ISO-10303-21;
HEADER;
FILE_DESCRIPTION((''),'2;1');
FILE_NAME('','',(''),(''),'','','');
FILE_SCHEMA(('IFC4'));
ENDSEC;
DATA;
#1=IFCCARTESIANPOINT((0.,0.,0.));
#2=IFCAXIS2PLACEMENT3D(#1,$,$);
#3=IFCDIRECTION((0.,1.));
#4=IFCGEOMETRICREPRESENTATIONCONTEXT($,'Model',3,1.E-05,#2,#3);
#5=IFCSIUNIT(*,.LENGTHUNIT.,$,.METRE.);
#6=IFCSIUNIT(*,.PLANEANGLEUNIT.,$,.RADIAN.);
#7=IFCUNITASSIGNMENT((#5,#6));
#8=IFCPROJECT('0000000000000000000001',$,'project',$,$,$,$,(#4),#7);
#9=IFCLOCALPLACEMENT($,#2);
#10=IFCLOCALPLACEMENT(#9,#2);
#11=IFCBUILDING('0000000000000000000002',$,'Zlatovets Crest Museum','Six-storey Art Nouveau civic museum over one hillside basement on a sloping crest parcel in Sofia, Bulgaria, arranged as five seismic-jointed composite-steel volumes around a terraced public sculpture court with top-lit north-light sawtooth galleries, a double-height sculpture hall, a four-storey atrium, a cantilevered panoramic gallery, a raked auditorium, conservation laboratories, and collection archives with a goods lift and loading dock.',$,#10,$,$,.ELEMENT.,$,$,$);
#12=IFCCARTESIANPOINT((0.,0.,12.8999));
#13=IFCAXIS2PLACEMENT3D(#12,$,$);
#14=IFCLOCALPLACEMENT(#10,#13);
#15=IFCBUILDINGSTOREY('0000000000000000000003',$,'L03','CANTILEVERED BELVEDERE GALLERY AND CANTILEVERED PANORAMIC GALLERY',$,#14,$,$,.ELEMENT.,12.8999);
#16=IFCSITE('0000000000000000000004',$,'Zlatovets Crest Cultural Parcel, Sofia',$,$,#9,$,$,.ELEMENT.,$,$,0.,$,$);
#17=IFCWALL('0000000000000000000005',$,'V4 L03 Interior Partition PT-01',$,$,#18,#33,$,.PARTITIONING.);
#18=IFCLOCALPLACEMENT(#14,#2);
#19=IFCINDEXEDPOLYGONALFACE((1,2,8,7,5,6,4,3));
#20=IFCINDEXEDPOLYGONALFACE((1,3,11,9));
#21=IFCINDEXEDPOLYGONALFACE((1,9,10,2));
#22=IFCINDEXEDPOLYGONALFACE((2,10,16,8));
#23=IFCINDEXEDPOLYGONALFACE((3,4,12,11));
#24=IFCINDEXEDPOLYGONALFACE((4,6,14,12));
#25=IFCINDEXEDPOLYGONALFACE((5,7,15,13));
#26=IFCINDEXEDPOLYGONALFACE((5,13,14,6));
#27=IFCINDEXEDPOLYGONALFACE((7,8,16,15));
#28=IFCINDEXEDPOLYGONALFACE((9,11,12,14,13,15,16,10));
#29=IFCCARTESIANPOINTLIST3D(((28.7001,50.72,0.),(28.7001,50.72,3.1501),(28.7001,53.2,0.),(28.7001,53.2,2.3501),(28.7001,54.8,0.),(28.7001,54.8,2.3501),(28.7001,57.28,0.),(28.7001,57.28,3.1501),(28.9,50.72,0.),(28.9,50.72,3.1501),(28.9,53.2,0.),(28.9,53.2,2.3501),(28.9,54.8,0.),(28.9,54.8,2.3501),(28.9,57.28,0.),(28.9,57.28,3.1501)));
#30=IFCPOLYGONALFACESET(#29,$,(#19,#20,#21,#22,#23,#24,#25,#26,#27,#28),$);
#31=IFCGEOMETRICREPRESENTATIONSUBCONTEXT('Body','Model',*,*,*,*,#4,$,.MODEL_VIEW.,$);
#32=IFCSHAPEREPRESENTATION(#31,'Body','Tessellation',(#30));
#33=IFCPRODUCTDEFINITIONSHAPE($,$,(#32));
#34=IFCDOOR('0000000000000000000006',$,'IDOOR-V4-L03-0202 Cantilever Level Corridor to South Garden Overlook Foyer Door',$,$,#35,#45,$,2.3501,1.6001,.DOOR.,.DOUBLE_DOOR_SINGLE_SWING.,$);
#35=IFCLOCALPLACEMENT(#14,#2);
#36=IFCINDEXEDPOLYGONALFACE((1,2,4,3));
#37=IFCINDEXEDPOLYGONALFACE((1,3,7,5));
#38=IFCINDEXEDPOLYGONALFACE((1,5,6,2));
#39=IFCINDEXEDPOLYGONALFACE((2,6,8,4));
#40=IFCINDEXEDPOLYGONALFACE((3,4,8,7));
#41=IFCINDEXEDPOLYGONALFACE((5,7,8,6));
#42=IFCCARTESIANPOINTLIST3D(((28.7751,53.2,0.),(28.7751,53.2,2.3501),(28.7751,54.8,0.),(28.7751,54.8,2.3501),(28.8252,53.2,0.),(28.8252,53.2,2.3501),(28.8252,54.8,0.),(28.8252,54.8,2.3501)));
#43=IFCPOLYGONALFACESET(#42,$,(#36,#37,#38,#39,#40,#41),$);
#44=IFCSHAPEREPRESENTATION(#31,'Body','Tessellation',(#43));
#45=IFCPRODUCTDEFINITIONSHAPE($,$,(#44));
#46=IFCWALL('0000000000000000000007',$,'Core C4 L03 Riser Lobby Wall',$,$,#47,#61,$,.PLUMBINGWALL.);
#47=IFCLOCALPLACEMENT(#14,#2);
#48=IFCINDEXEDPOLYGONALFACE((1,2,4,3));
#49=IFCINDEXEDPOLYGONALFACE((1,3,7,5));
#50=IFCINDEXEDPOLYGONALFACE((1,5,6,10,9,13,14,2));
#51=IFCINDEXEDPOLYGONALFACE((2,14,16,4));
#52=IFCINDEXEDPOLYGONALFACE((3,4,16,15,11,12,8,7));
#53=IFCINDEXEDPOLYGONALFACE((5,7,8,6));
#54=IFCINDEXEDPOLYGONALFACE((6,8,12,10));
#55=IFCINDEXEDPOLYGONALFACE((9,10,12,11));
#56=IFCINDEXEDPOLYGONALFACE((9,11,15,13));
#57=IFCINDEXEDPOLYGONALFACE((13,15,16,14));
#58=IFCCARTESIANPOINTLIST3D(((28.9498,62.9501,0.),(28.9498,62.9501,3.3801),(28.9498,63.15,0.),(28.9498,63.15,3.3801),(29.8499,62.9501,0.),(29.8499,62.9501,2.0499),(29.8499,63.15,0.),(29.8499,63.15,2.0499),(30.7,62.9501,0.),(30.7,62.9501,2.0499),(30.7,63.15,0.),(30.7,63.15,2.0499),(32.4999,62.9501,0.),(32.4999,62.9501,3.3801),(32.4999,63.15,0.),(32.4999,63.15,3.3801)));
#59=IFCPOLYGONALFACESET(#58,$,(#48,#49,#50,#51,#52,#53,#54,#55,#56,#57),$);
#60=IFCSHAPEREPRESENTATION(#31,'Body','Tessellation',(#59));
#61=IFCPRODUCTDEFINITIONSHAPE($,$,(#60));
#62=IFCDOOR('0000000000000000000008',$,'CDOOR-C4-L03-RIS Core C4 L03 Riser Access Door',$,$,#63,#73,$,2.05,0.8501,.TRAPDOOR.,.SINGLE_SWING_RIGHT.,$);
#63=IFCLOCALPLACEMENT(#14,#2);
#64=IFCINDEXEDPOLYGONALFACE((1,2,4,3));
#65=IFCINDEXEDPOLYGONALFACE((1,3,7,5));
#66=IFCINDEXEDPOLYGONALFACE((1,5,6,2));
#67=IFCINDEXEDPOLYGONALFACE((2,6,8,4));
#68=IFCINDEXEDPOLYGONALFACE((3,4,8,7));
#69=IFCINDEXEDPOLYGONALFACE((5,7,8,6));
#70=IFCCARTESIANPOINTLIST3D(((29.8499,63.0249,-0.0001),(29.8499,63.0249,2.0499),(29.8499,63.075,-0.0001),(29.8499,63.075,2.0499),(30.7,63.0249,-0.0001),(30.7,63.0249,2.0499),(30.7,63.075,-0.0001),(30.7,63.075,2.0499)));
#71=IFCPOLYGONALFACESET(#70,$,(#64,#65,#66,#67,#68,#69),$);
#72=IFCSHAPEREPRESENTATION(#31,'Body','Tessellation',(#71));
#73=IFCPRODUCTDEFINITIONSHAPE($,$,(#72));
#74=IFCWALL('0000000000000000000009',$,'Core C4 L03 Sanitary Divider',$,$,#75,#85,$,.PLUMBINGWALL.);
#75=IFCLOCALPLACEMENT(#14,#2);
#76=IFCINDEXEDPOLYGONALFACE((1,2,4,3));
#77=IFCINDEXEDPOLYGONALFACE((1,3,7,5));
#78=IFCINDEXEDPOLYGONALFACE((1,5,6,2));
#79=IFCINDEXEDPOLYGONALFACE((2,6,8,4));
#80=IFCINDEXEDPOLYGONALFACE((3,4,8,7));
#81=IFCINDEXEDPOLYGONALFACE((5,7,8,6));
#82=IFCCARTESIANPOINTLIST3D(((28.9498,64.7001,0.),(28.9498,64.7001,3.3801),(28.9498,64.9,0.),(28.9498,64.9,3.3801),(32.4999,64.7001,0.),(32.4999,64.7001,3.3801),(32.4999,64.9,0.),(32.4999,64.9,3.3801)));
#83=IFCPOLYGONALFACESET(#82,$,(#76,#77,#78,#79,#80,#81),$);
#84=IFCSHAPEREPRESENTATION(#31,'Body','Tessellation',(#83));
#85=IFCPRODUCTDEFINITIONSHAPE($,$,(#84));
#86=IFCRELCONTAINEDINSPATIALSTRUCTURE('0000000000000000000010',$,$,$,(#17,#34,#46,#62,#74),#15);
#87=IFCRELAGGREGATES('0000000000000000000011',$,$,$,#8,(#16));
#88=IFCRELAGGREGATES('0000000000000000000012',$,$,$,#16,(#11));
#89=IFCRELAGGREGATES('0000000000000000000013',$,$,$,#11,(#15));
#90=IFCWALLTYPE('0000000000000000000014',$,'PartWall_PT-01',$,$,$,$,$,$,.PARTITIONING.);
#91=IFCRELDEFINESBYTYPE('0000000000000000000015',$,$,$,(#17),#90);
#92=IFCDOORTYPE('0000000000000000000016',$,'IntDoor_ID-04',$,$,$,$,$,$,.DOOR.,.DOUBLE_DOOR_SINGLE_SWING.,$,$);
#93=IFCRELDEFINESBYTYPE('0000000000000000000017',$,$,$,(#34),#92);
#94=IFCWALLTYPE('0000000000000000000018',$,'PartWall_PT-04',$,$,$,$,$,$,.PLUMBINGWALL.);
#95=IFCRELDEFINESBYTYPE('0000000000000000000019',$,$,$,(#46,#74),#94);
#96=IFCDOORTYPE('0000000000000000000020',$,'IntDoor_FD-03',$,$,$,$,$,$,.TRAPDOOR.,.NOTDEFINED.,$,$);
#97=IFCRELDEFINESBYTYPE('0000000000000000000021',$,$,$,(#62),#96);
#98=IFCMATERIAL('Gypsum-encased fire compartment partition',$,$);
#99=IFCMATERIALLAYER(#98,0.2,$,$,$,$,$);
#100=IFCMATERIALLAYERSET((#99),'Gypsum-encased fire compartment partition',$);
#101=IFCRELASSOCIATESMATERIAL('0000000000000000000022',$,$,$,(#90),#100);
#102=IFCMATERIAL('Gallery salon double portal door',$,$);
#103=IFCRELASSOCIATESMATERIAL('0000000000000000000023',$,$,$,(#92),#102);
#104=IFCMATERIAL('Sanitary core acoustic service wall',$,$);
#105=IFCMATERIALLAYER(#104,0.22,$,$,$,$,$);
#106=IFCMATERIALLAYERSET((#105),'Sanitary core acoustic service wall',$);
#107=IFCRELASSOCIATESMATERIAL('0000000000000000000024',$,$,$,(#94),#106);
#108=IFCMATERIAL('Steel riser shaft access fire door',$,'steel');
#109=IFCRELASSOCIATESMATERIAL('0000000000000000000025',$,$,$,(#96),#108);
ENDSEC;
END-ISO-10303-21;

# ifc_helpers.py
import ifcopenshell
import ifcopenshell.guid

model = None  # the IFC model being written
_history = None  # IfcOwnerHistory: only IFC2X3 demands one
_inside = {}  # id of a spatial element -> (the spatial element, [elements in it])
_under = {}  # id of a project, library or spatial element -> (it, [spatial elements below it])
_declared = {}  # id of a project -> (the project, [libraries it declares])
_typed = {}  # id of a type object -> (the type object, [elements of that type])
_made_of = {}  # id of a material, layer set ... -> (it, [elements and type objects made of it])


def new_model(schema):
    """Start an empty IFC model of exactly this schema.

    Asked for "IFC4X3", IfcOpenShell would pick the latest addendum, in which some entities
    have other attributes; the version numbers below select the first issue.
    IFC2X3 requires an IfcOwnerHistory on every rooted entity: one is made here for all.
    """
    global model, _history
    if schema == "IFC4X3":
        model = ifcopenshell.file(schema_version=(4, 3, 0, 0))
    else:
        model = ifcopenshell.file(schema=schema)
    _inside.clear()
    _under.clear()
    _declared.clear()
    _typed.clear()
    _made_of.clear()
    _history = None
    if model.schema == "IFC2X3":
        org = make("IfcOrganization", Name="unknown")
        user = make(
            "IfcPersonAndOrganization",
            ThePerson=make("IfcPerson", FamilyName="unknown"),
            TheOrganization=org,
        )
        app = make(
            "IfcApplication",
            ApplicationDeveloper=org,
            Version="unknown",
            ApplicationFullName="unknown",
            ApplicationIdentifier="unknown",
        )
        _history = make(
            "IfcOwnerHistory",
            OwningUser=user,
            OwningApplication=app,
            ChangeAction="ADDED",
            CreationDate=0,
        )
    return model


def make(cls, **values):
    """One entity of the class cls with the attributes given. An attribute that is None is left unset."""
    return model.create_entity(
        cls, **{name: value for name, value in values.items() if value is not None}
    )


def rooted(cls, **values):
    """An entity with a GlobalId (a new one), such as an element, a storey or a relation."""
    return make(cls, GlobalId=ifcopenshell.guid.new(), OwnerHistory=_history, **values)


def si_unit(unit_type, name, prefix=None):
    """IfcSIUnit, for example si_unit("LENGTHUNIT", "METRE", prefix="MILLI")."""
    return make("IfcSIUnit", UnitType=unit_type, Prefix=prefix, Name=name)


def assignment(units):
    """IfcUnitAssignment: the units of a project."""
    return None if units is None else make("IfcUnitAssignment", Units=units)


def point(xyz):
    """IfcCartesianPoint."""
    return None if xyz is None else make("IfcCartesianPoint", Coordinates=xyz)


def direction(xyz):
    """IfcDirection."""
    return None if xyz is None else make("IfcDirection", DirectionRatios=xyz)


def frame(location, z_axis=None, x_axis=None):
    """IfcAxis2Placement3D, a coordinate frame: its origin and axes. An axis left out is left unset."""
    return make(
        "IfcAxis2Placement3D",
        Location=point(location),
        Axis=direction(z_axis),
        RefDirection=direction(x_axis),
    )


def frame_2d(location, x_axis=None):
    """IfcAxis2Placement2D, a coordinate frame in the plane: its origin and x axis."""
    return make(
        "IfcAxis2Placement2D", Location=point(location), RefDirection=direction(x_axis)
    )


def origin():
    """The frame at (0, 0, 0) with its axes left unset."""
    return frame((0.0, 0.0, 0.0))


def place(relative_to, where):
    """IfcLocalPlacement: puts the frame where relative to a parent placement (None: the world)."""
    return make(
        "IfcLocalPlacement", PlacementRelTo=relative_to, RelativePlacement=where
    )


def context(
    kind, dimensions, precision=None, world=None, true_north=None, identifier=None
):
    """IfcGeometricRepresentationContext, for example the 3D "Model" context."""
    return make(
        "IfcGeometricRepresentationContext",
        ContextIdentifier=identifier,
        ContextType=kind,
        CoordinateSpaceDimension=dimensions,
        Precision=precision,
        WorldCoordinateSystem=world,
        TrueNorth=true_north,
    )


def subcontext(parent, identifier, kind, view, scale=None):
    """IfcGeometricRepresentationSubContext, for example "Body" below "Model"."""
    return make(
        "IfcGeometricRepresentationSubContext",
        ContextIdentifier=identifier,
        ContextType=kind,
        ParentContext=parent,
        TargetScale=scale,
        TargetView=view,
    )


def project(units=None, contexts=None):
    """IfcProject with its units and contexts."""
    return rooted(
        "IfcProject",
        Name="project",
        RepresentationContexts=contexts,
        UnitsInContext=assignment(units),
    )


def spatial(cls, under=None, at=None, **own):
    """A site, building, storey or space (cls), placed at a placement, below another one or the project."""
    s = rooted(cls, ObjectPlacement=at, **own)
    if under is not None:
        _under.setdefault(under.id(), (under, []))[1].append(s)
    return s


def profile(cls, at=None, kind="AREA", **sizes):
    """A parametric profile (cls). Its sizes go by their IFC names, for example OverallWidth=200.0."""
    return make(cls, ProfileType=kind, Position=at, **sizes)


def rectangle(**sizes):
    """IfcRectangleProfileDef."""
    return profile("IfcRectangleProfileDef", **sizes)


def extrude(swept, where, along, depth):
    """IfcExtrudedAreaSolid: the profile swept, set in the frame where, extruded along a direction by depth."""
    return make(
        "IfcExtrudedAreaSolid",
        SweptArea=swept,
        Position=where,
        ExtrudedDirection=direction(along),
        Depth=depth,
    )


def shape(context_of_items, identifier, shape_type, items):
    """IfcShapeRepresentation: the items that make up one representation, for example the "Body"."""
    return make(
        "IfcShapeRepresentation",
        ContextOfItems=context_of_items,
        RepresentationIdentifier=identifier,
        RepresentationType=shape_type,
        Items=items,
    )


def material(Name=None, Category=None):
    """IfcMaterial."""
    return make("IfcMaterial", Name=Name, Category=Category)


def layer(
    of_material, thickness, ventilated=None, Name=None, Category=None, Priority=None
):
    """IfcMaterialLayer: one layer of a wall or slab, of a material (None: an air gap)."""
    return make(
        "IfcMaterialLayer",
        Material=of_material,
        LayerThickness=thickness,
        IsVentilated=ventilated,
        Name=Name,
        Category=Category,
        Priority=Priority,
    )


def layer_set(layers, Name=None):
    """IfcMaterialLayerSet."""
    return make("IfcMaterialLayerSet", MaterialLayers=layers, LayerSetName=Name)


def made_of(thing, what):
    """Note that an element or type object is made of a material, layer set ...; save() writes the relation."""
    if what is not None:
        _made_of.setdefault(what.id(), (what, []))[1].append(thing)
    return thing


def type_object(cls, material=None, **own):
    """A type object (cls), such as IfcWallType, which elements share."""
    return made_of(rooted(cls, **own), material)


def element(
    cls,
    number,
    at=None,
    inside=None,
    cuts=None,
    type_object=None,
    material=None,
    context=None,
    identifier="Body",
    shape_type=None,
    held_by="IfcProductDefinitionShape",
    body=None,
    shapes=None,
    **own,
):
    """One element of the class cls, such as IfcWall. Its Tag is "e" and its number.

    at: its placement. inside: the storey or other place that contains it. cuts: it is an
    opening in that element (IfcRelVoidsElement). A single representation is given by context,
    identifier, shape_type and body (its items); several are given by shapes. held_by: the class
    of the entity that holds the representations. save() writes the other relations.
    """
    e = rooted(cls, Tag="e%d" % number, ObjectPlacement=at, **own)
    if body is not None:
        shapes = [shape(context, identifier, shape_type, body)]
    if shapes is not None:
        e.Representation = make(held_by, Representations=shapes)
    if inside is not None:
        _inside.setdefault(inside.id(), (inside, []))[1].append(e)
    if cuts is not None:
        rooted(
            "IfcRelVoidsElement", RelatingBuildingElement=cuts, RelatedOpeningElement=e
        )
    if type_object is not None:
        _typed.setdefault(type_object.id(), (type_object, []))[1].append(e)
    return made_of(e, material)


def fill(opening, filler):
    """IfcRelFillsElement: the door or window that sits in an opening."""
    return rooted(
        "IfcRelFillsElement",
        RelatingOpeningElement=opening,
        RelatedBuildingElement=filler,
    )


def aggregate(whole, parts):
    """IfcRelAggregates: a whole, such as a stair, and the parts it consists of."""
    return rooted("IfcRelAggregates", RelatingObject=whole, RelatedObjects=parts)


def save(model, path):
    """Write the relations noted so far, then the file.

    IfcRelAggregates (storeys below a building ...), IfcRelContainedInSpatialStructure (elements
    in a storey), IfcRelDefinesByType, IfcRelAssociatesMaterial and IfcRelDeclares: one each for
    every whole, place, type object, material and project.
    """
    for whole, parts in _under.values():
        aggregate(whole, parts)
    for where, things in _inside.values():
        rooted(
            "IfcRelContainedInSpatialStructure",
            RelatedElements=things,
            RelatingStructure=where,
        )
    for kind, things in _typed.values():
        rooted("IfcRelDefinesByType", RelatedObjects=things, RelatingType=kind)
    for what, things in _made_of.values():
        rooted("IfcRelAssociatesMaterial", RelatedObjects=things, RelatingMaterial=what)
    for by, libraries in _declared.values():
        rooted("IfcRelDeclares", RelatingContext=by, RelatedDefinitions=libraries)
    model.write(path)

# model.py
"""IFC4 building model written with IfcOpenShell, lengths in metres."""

from ifc_helpers import new_model, si_unit, direction, frame, frame_2d, origin, place, context, subcontext, project, spatial, rectangle, extrude, material, layer, layer_set, type_object, element, fill, save


model = new_model("IFC4")

# Units and contexts
model_context = context("Model", 3, precision=1e-05, world=origin(), true_north=direction((0.0, 1.0)))
body_context = subcontext(model_context, "Body", "Model", "MODEL_VIEW")
ifc_project = project(units=[si_unit("LENGTHUNIT", "METRE"), si_unit("PLANEANGLEUNIT", "RADIAN")], contexts=[model_context])

# Site, building, storey
site_placement = place(None, origin())
site = spatial("IfcSite", under=ifc_project, at=site_placement, Name="Zlatovets Crest Cultural Parcel, Sofia", CompositionType="ELEMENT", RefElevation=0.0)
building_placement = place(site_placement, origin())
building = spatial("IfcBuilding", under=site, at=building_placement, Name="Zlatovets Crest Museum", Description="Six-storey Art Nouveau civic museum over one hillside basement on a sloping crest parcel in Sofia, Bulgaria, arranged as five seismic-jointed composite-steel volumes around a terraced public sculpture court with top-lit north-light sawtooth galleries, a double-height sculpture hall, a four-storey atrium, a cantilevered panoramic gallery, a raked auditorium, conservation laboratories, and collection archives with a goods lift and loading dock.", CompositionType="ELEMENT")
storey_placement = place(building_placement, frame((0.0, 0.0, 12.8999)))
storey = spatial("IfcBuildingStorey", under=building, at=storey_placement, Name="L03", Description="CANTILEVERED BELVEDERE GALLERY AND CANTILEVERED PANORAMIC GALLERY", CompositionType="ELEMENT", Elevation=12.8999)

# Walls, openings, doors
ifc_material_1 = material(Name="Gypsum-encased fire compartment partition")
ifc_layer_1 = layer(ifc_material_1, 0.2)
ifc_layer_set_1 = layer_set([ifc_layer_1], Name="Gypsum-encased fire compartment partition")
wall_type_1 = type_object("IfcWallType", Name="PartWall_PT-01", PredefinedType="PARTITIONING", material=ifc_layer_set_1)
wall_1_placement = place(storey_placement, frame((28.8, 50.72, 0.0), z_axis=(0.0, 0.0, 1.0), x_axis=(0.0, 1.0, 0.0)))
wall_1 = element("IfcWall", 1, at=wall_1_placement, inside=storey, type_object=wall_type_1, Name="V4 L03 Interior Partition PT-01", PredefinedType="PARTITIONING", context=body_context, shape_type="SweptSolid", body=[
    extrude(rectangle(XDim=6.5601, YDim=0.2, at=frame_2d((3.28, 0.0))), origin(), (0.0, 0.0, 1.0), 3.1501),
])
opening_1_placement = place(wall_1_placement, frame((2.48, 0.0, 0.0)))
opening_1 = element("IfcOpeningElement", 2, at=opening_1_placement, cuts=wall_1, PredefinedType="OPENING", context=body_context, shape_type="SweptSolid", body=[
    extrude(rectangle(XDim=1.6001, YDim=2.3501, at=frame_2d((0.8, 1.175))), frame((0.0, 0.1099, 0.0), z_axis=(0.0, -1.0, 0.0), x_axis=(1.0, 0.0, 0.0)), (0.0, 0.0, 1.0), 0.22),
])
ifc_material_2 = material(Name="Gallery salon double portal door")
door_type_1 = type_object("IfcDoorType", Name="IntDoor_ID-04", OperationType="DOUBLE_DOOR_SINGLE_SWING", PredefinedType="DOOR", material=ifc_material_2)
door_1_placement = place(opening_1_placement, origin())
door_1 = element("IfcDoor", 3, at=door_1_placement, inside=storey, type_object=door_type_1, Name="IDOOR-V4-L03-0202 Cantilever Level Corridor to South Garden Overlook Foyer Door", OperationType="DOUBLE_DOOR_SINGLE_SWING", OverallHeight=2.3501, OverallWidth=1.6001, PredefinedType="DOOR", context=body_context, shape_type="SweptSolid", body=[
    extrude(rectangle(XDim=1.6001, YDim=2.3501, at=frame_2d((0.8, 1.175))), frame((0.0, 0.0249, 0.0), z_axis=(0.0, -1.0, 0.0), x_axis=(1.0, 0.0, 0.0)), (0.0, 0.0, 1.0), 0.05),
])
fill(opening_1, door_1)
ifc_material_3 = material(Name="Sanitary core acoustic service wall")
ifc_layer_2 = layer(ifc_material_3, 0.22)
ifc_layer_set_2 = layer_set([ifc_layer_2], Name="Sanitary core acoustic service wall")
wall_type_2 = type_object("IfcWallType", Name="PartWall_PT-04", PredefinedType="PLUMBINGWALL", material=ifc_layer_set_2)
wall_2_placement = place(storey_placement, frame((28.95, 63.05, 0.0), z_axis=(0.0, 0.0, 1.0), x_axis=(1.0, 0.0, 0.0)))
wall_2 = element("IfcWall", 4, at=wall_2_placement, inside=storey, type_object=wall_type_2, Name="Core C4 L03 Riser Lobby Wall", PredefinedType="PLUMBINGWALL", context=body_context, shape_type="SweptSolid", body=[
    extrude(rectangle(XDim=3.55, YDim=0.2, at=frame_2d((1.7749, 0.0))), origin(), (0.0, 0.0, 1.0), 3.3801),
])
opening_2_placement = place(wall_2_placement, frame((0.8999, 0.0, 0.0)))
opening_2 = element("IfcOpeningElement", 5, at=opening_2_placement, cuts=wall_2, PredefinedType="OPENING", context=body_context, shape_type="SweptSolid", body=[
    extrude(rectangle(XDim=0.8501, YDim=2.05, at=frame_2d((0.425, 1.0249))), frame((0.0, 0.1099, 0.0), z_axis=(0.0, -1.0, 0.0), x_axis=(1.0, 0.0, 0.0)), (0.0, 0.0, 1.0), 0.22),
])
ifc_material_4 = material(Name="Steel riser shaft access fire door", Category="steel")
door_type_2 = type_object("IfcDoorType", Name="IntDoor_FD-03", OperationType="NOTDEFINED", PredefinedType="TRAPDOOR", material=ifc_material_4)
door_2_placement = place(opening_2_placement, origin())
door_2 = element("IfcDoor", 6, at=door_2_placement, inside=storey, type_object=door_type_2, Name="CDOOR-C4-L03-RIS Core C4 L03 Riser Access Door", OperationType="SINGLE_SWING_RIGHT", OverallHeight=2.05, OverallWidth=0.8501, PredefinedType="TRAPDOOR", context=body_context, shape_type="SweptSolid", body=[
    extrude(rectangle(XDim=0.8501, YDim=2.05, at=frame_2d((0.425, 1.0249))), frame((0.0, 0.0249, 0.0), z_axis=(0.0, -1.0, 0.0), x_axis=(1.0, 0.0, 0.0)), (0.0, 0.0, 1.0), 0.05),
])
fill(opening_2, door_2)

# Wall
wall_3_placement = place(storey_placement, frame((28.95, 64.8, 0.0), z_axis=(0.0, 0.0, 1.0), x_axis=(1.0, 0.0, 0.0)))
element("IfcWall", 7, at=wall_3_placement, inside=storey, type_object=wall_type_2, Name="Core C4 L03 Sanitary Divider", PredefinedType="PLUMBINGWALL", context=body_context, shape_type="SweptSolid", body=[
    extrude(rectangle(XDim=3.55, YDim=0.2, at=frame_2d((1.7749, 0.0))), origin(), (0.0, 0.0, 1.0), 3.3801),
])

save(model, "model.ifc")
